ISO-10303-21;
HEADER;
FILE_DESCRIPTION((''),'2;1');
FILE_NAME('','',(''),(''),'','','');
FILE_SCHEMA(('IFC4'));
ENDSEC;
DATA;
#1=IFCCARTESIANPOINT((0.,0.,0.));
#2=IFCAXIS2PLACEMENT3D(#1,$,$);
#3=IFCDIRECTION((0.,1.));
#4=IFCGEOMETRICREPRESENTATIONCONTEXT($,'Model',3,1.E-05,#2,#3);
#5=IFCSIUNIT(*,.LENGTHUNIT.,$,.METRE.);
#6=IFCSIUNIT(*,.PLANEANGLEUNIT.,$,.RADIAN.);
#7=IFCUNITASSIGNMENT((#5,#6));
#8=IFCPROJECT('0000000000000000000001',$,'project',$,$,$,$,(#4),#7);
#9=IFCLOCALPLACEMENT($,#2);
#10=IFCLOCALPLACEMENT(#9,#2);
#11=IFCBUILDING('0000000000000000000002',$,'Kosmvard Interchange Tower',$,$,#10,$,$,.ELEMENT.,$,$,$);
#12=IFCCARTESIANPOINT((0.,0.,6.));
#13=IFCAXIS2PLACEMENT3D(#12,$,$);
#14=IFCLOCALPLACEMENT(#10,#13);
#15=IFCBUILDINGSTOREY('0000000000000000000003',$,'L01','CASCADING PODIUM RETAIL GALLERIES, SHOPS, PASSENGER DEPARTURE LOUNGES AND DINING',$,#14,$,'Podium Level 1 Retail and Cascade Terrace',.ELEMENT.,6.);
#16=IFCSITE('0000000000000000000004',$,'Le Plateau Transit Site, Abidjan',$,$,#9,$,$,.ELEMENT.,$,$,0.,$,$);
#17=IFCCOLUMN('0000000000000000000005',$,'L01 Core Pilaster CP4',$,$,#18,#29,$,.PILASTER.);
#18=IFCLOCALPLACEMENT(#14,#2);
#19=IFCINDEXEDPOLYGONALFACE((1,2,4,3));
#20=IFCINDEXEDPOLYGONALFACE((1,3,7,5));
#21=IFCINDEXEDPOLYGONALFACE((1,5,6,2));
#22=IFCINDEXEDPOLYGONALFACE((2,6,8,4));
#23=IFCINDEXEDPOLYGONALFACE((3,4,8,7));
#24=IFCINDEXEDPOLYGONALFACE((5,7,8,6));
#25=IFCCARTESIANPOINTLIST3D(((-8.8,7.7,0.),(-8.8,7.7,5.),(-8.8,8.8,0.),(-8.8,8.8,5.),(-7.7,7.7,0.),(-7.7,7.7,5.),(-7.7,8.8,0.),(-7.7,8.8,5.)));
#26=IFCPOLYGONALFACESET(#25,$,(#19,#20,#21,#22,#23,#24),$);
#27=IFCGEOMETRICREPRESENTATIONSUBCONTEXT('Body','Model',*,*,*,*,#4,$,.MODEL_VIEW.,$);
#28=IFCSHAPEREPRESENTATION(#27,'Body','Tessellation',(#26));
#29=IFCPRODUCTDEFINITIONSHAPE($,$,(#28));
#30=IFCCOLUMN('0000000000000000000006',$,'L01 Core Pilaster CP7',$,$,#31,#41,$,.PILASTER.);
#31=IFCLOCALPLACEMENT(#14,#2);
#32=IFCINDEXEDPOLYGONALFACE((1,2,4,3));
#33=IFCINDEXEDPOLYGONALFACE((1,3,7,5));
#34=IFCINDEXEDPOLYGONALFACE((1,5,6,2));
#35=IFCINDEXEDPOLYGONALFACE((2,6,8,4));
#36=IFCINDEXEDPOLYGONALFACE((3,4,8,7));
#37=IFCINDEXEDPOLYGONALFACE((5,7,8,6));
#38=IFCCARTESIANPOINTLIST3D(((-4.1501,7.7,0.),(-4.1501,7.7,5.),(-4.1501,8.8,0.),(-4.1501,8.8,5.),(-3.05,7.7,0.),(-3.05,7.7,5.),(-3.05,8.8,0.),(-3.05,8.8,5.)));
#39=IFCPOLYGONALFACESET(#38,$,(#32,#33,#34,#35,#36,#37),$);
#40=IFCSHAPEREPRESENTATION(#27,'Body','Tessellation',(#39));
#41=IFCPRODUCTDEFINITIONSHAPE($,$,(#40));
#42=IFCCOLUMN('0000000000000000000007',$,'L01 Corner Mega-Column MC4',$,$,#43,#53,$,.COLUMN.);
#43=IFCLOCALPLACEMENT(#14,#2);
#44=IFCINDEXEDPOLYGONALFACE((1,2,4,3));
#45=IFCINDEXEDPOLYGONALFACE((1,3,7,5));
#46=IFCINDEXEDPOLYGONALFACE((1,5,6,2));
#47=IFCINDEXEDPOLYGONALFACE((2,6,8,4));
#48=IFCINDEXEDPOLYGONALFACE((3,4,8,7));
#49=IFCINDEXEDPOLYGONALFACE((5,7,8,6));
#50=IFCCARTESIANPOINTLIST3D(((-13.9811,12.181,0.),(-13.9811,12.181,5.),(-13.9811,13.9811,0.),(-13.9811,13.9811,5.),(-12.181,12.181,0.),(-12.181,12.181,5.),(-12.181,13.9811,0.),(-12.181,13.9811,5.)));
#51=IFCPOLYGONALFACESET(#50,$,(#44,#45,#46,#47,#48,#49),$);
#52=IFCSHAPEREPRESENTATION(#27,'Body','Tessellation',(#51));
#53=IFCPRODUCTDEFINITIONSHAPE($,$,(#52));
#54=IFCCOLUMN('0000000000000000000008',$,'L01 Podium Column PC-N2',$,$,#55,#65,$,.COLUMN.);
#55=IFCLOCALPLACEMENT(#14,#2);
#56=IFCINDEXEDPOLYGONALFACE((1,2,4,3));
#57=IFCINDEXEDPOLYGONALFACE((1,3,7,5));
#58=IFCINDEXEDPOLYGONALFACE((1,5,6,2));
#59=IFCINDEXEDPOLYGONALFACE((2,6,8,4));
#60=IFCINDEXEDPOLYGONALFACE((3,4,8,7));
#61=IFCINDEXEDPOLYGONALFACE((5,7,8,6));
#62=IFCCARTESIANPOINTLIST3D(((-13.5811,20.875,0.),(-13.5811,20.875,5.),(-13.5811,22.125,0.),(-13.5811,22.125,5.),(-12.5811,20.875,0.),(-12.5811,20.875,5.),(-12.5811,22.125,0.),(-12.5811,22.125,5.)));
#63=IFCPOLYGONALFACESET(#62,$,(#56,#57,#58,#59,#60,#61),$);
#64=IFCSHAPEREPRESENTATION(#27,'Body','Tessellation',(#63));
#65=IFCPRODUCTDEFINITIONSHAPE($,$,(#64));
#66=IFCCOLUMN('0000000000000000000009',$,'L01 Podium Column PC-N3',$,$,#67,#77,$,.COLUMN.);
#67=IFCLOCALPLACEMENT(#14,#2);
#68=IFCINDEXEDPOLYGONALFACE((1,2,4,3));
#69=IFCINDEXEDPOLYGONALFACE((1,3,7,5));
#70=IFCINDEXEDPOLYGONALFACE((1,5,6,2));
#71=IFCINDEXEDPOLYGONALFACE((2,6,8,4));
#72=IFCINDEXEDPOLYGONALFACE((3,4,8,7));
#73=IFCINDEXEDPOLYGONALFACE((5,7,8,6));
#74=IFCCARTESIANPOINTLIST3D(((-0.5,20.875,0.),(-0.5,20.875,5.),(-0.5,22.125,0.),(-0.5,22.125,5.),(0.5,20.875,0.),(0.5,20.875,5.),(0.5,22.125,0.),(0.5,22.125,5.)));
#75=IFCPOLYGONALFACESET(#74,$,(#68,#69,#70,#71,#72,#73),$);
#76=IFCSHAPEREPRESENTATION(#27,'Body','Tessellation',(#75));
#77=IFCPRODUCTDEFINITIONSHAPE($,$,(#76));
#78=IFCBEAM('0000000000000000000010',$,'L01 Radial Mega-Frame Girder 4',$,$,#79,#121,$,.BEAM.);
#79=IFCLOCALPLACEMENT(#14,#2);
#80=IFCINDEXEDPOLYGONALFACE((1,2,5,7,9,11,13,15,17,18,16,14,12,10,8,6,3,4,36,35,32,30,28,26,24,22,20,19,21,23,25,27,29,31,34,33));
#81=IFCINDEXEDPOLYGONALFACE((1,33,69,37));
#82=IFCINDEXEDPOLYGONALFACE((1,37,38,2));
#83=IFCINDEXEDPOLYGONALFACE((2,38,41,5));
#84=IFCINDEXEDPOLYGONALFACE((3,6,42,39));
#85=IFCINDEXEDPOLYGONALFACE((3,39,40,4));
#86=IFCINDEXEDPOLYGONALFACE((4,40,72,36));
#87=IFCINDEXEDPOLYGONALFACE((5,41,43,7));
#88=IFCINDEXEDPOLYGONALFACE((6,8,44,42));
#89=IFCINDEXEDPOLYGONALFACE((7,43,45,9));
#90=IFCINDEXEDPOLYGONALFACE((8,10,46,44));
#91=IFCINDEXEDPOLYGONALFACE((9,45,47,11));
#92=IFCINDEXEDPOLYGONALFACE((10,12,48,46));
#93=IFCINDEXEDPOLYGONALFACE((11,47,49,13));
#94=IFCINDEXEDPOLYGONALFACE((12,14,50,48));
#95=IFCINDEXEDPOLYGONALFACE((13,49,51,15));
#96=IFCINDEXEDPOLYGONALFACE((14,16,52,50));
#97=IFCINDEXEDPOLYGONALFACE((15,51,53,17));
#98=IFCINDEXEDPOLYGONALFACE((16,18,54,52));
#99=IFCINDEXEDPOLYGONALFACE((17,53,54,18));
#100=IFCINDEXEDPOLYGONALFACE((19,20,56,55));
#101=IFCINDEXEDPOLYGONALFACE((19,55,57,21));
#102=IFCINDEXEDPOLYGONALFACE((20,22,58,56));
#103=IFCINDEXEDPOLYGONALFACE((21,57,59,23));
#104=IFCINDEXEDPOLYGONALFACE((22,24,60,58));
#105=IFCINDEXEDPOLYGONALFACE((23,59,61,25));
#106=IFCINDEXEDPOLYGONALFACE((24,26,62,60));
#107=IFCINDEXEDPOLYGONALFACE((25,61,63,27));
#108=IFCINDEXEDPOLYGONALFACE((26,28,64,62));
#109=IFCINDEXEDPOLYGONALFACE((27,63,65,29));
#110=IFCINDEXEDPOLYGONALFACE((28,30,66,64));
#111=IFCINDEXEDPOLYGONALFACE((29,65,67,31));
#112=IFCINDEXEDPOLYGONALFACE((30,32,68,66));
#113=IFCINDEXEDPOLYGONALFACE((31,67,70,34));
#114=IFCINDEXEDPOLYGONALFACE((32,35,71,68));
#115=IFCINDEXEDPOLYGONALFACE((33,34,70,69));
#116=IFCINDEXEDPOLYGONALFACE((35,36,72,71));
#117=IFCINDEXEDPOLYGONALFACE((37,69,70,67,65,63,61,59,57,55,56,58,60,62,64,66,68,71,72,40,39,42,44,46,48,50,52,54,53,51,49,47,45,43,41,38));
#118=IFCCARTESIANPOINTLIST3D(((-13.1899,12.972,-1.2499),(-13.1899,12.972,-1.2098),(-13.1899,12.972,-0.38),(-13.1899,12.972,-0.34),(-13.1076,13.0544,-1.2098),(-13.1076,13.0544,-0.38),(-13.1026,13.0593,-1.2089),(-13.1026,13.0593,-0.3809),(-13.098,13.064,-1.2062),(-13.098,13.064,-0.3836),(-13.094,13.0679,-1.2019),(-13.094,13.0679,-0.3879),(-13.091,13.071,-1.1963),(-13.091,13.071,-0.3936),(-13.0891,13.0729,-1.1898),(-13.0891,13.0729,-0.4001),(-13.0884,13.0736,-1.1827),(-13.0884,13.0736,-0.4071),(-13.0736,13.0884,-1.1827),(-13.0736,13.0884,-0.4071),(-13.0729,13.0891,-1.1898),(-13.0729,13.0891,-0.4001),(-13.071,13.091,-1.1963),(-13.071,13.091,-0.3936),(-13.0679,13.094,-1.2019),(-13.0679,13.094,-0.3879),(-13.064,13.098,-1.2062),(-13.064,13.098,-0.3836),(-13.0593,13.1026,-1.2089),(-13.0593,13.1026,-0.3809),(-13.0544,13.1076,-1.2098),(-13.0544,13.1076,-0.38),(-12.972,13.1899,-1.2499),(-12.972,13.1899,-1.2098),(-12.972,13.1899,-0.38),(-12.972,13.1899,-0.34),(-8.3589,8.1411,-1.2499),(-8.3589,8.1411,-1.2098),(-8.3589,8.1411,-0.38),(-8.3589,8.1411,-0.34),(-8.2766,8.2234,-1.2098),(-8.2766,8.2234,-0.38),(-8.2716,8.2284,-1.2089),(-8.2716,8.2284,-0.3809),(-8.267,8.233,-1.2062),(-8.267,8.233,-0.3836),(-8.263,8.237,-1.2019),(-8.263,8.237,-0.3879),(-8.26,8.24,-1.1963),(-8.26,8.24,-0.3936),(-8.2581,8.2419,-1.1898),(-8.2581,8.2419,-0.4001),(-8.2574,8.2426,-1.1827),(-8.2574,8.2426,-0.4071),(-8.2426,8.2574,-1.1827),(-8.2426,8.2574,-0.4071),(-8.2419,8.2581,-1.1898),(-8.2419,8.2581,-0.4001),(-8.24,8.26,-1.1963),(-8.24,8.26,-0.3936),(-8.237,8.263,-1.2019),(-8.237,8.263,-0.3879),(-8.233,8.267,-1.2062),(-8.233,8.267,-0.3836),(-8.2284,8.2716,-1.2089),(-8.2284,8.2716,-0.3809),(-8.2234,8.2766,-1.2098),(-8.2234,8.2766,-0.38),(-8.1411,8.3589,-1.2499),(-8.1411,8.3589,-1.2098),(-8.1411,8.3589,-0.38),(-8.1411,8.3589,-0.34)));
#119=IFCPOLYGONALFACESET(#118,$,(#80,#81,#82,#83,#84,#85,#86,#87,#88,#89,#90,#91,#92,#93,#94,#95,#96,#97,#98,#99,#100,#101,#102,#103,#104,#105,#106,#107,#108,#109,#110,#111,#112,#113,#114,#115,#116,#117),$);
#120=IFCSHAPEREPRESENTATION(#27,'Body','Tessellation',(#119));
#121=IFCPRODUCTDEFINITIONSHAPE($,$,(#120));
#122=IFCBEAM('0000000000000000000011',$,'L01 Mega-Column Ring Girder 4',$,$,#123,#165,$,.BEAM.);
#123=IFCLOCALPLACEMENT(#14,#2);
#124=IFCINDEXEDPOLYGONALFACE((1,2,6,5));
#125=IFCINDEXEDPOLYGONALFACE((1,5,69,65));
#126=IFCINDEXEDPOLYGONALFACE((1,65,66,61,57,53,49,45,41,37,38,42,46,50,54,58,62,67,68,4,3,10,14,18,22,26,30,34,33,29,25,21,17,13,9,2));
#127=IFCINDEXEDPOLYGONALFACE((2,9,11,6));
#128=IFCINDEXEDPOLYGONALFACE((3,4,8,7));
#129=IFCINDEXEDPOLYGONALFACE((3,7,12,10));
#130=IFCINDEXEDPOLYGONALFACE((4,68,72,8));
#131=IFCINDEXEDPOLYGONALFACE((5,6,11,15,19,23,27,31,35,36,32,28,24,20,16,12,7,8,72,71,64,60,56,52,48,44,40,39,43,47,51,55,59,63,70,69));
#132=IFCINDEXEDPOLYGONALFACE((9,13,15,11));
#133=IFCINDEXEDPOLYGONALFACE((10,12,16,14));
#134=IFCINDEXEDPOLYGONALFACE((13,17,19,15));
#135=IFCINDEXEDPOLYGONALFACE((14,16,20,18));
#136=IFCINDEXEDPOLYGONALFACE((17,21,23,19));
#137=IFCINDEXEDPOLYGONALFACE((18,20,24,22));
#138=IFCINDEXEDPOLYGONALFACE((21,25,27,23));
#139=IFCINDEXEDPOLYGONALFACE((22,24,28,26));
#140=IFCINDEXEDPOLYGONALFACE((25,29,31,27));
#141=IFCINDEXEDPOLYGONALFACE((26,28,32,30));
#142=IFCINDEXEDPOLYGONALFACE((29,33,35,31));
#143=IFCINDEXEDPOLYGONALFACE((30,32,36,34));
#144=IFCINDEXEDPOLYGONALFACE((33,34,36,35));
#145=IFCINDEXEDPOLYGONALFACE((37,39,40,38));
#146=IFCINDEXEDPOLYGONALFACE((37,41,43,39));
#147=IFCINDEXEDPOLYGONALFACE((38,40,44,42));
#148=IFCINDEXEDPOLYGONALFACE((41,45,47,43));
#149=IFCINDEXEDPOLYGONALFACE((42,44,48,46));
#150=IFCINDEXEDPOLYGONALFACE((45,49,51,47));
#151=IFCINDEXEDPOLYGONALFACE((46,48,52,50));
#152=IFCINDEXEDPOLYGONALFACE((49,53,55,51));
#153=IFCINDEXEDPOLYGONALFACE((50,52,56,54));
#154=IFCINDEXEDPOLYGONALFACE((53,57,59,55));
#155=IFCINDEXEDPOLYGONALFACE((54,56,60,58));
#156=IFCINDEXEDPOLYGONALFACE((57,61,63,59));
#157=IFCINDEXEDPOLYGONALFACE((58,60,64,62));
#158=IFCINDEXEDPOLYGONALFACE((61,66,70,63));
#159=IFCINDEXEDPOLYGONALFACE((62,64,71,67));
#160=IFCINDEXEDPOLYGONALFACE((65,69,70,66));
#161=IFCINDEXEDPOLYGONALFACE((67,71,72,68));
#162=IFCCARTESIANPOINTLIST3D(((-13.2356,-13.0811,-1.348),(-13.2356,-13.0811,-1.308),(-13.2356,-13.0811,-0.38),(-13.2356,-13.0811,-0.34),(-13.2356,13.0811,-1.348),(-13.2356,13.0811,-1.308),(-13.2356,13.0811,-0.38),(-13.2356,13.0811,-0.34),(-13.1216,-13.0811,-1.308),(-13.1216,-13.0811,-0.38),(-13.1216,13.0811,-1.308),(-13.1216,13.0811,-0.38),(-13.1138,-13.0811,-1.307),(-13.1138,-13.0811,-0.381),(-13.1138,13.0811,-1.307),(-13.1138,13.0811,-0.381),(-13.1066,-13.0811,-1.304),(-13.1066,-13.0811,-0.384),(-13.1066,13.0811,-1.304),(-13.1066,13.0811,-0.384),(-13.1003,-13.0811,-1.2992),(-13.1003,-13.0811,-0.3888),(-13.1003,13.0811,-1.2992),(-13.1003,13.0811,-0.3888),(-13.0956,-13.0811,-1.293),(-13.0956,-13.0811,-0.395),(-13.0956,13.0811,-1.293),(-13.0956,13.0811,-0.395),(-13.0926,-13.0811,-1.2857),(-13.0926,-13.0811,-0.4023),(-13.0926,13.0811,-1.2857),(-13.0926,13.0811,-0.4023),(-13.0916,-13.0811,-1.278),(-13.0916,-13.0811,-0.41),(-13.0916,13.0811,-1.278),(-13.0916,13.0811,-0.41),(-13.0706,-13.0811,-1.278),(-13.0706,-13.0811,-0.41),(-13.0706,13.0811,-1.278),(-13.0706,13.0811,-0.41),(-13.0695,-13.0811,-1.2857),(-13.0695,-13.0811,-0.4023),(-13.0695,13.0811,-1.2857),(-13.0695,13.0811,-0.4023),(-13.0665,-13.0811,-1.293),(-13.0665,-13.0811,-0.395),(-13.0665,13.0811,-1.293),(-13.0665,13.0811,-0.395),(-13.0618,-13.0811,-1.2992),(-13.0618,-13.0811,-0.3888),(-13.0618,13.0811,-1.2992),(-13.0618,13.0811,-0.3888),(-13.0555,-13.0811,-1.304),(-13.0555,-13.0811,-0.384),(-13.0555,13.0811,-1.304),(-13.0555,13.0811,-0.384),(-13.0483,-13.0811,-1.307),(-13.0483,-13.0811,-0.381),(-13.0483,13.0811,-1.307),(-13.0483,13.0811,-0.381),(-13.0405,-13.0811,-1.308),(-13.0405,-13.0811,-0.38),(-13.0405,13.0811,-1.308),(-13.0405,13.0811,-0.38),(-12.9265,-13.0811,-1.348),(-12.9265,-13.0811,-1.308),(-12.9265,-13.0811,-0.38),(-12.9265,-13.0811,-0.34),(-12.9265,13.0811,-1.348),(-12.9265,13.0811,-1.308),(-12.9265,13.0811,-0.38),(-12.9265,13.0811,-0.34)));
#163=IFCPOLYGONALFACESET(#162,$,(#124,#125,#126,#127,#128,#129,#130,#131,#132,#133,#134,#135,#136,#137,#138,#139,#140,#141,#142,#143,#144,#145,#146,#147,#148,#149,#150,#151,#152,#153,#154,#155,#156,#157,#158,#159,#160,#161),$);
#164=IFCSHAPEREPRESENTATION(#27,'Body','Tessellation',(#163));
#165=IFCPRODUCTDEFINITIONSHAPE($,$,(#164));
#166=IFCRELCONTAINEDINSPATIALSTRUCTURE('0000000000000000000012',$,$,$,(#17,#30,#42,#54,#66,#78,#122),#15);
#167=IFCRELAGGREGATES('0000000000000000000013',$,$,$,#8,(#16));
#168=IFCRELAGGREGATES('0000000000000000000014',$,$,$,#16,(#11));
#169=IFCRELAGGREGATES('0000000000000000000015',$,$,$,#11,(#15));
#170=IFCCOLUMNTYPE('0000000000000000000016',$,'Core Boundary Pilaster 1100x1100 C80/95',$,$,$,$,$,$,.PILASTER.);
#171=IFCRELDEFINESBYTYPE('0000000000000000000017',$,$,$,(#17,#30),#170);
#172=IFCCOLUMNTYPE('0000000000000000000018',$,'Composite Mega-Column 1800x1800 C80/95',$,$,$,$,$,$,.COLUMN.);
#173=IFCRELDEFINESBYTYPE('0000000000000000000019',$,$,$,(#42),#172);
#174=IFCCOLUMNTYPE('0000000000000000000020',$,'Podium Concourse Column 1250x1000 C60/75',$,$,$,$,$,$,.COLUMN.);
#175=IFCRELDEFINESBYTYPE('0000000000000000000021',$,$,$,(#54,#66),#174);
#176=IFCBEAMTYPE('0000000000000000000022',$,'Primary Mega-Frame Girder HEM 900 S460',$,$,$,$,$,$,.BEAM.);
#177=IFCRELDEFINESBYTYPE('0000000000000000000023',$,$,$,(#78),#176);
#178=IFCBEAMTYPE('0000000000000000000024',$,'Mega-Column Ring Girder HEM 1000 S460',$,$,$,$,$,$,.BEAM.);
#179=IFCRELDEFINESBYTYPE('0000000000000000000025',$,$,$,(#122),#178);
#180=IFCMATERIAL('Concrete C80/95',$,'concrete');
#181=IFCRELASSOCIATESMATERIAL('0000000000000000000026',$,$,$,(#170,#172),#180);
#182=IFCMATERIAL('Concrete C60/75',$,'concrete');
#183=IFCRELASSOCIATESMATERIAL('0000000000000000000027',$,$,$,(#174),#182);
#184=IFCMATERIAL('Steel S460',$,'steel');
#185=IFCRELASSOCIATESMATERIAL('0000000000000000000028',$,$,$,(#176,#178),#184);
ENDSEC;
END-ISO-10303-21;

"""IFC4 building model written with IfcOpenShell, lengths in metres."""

from ifc_helpers import new_model, si_unit, direction, frame, origin, origin_2d, place, context, subcontext, project, spatial, rectangle, i_section, extrude, source, transform, mapped, material, material_profile, profile_set, type_object, element, save


model = new_model("IFC4")

# Units and contexts
model_context = context("Model", 3, precision=1e-05, world=origin(), true_north=direction((0.0, 1.0)))
body_context = subcontext(model_context, "Body", "Model", "MODEL_VIEW")
ifc_project = project(units=[si_unit("LENGTHUNIT", "METRE"), si_unit("PLANEANGLEUNIT", "RADIAN")], contexts=[model_context])

# Site, building, storey
site_placement = place(None, origin())
site = spatial("IfcSite", under=ifc_project, at=site_placement, Name="Le Plateau Transit Site, Abidjan", CompositionType="ELEMENT", RefElevation=0.0)
building_placement = place(site_placement, origin())
building = spatial("IfcBuilding", under=site, at=building_placement, Name="Kosmvard Interchange Tower", CompositionType="ELEMENT")
storey_placement = place(building_placement, frame((0.0, 0.0, 6.0)))
storey = spatial("IfcBuildingStorey", under=building, at=storey_placement, Name="L01", Description="CASCADING PODIUM RETAIL GALLERIES, SHOPS, PASSENGER DEPARTURE LOUNGES AND DINING", LongName="Podium Level 1 Retail and Cascade Terrace", CompositionType="ELEMENT", Elevation=6.0)

# Columns
ifc_material_1 = material(Name="Concrete C80/95", Category="concrete")
ifc_material_profile_1 = material_profile(ifc_material_1, rectangle(XDim=1.1001, YDim=1.1001, at=origin_2d()), Name="CP 1100x1100")
ifc_profile_set_1 = profile_set([ifc_material_profile_1], Name="Concrete C80/95")
column_type_1 = type_object("IfcColumnType", Name="Core Boundary Pilaster 1100x1100 C80/95", PredefinedType="PILASTER", material=ifc_profile_set_1)
shared_shape_1 = source(origin(), body_context, "Body", "SweptSolid", [
    extrude(rectangle(XDim=1.1001, YDim=1.1001, at=origin_2d()), origin(), (0.0, 0.0, 1.0), 5.0),
])
for number, where, z_axis, x_axis, name in (
    (1, (-8.25, 8.25, 0.0), (0.0, 0.0, 1.0), (1.0, 0.0, 0.0), "L01 Core Pilaster CP4"),
    (2, (-3.6001, 8.25, 0.0), (0.0, 0.0, 1.0), (1.0, 0.0, 0.0), "L01 Core Pilaster CP7"),
):
    element("IfcColumn", number, at=place(storey_placement, frame(where, z_axis=z_axis, x_axis=x_axis)), inside=storey, type_object=column_type_1, Name=name, PredefinedType="PILASTER", context=body_context, shape_type="MappedRepresentation", body=[
        mapped(shared_shape_1, transform((0.0, 0.0, 0.0), scale=1.0)),
    ])
ifc_material_profile_2 = material_profile(ifc_material_1, rectangle(XDim=1.8, YDim=1.8, at=origin_2d()), Name="MC 1800x1800")
ifc_profile_set_2 = profile_set([ifc_material_profile_2], Name="Concrete C80/95")
column_type_2 = type_object("IfcColumnType", Name="Composite Mega-Column 1800x1800 C80/95", PredefinedType="COLUMN", material=ifc_profile_set_2)
shared_shape_2 = source(origin(), body_context, "Body", "SweptSolid", [
    extrude(rectangle(XDim=1.8, YDim=1.8, at=origin_2d()), origin(), (0.0, 0.0, 1.0), 5.0),
])
column_placement = place(storey_placement, frame((-13.0811, 13.0811, 0.0), z_axis=(0.0, 0.0, 1.0), x_axis=(1.0, 0.0, 0.0)))
element("IfcColumn", 3, at=column_placement, inside=storey, type_object=column_type_2, Name="L01 Corner Mega-Column MC4", PredefinedType="COLUMN", context=body_context, shape_type="MappedRepresentation", body=[
    mapped(shared_shape_2, transform((0.0, 0.0, 0.0), scale=1.0)),
])
ifc_material_2 = material(Name="Concrete C60/75", Category="concrete")
ifc_material_profile_3 = material_profile(ifc_material_2, rectangle(XDim=1.0, YDim=1.25, at=origin_2d()), Name="PC 1250x1000")
ifc_profile_set_3 = profile_set([ifc_material_profile_3], Name="Concrete C60/75")
column_type_3 = type_object("IfcColumnType", Name="Podium Concourse Column 1250x1000 C60/75", PredefinedType="COLUMN", material=ifc_profile_set_3)
shared_shape_3 = source(origin(), body_context, "Body", "SweptSolid", [
    extrude(rectangle(XDim=1.0, YDim=1.25, at=origin_2d()), origin(), (0.0, 0.0, 1.0), 5.0),
])
for number, where, z_axis, x_axis, name in (
    (4, (-13.0811, 21.5, 0.0), (0.0, 0.0, 1.0), (1.0, 0.0, 0.0), "L01 Podium Column PC-N2"),
    (5, (0.0, 21.5, 0.0), (0.0, 0.0, 1.0), (1.0, 0.0, 0.0), "L01 Podium Column PC-N3"),
):
    element("IfcColumn", number, at=place(storey_placement, frame(where, z_axis=z_axis, x_axis=x_axis)), inside=storey, type_object=column_type_3, Name=name, PredefinedType="COLUMN", context=body_context, shape_type="MappedRepresentation", body=[
        mapped(shared_shape_3, transform((0.0, 0.0, 0.0), scale=1.0)),
    ])

# Beams
ifc_material_3 = material(Name="Steel S460", Category="steel")
ifc_material_profile_4 = material_profile(ifc_material_3, i_section(OverallWidth=0.3081, OverallDepth=0.9099, WebThickness=0.021, FlangeThickness=0.04, FilletRadius=0.0271, at=origin_2d()), Name="HEM 900")
ifc_profile_set_4 = profile_set([ifc_material_profile_4], Name="Steel S460")
beam_type_1 = type_object("IfcBeamType", Name="Primary Mega-Frame Girder HEM 900 S460", PredefinedType="BEAM", material=ifc_profile_set_4)
shared_shape_4 = source(origin(), body_context, "Body", "SweptSolid", [
    extrude(i_section(OverallWidth=0.3081, OverallDepth=0.9099, WebThickness=0.021, FlangeThickness=0.04, FilletRadius=0.0271, at=origin_2d()), origin(), (0.0, 0.0, 1.0), 6.832),
])
beam_1_placement = place(storey_placement, frame((-8.25, 8.25, -0.7949), z_axis=(-0.707107, 0.707107, 0.0), x_axis=(-0.707107, -0.707107, 0.0)))
element("IfcBeam", 6, at=beam_1_placement, inside=storey, type_object=beam_type_1, Name="L01 Radial Mega-Frame Girder 4", PredefinedType="BEAM", context=body_context, shape_type="MappedRepresentation", body=[
    mapped(shared_shape_4, transform((0.0, 0.0, 0.0), scale=1.0)),
])
ifc_material_profile_5 = material_profile(ifc_material_3, i_section(OverallWidth=0.3091, OverallDepth=1.0081, WebThickness=0.021, FlangeThickness=0.04, FilletRadius=0.03, at=origin_2d()), Name="HEM 1000")
ifc_profile_set_5 = profile_set([ifc_material_profile_5], Name="Steel S460")
beam_type_2 = type_object("IfcBeamType", Name="Mega-Column Ring Girder HEM 1000 S460", PredefinedType="BEAM", material=ifc_profile_set_5)
shared_shape_5 = source(origin(), body_context, "Body", "SweptSolid", [
    extrude(i_section(OverallWidth=0.3091, OverallDepth=1.0081, WebThickness=0.021, FlangeThickness=0.04, FilletRadius=0.03, at=origin_2d()), origin(), (0.0, 0.0, 1.0), 26.1621),
])
beam_2_placement = place(storey_placement, frame((-13.0811, 13.0811, -0.844), z_axis=(0.0, -1.0, 0.0), x_axis=(1.0, 0.0, 0.0)))
element("IfcBeam", 7, at=beam_2_placement, inside=storey, type_object=beam_type_2, Name="L01 Mega-Column Ring Girder 4", PredefinedType="BEAM", context=body_context, shape_type="MappedRepresentation", body=[
    mapped(shared_shape_5, transform((0.0, 0.0, 0.0), scale=1.0)),
])

save(model, "model.ifc")
